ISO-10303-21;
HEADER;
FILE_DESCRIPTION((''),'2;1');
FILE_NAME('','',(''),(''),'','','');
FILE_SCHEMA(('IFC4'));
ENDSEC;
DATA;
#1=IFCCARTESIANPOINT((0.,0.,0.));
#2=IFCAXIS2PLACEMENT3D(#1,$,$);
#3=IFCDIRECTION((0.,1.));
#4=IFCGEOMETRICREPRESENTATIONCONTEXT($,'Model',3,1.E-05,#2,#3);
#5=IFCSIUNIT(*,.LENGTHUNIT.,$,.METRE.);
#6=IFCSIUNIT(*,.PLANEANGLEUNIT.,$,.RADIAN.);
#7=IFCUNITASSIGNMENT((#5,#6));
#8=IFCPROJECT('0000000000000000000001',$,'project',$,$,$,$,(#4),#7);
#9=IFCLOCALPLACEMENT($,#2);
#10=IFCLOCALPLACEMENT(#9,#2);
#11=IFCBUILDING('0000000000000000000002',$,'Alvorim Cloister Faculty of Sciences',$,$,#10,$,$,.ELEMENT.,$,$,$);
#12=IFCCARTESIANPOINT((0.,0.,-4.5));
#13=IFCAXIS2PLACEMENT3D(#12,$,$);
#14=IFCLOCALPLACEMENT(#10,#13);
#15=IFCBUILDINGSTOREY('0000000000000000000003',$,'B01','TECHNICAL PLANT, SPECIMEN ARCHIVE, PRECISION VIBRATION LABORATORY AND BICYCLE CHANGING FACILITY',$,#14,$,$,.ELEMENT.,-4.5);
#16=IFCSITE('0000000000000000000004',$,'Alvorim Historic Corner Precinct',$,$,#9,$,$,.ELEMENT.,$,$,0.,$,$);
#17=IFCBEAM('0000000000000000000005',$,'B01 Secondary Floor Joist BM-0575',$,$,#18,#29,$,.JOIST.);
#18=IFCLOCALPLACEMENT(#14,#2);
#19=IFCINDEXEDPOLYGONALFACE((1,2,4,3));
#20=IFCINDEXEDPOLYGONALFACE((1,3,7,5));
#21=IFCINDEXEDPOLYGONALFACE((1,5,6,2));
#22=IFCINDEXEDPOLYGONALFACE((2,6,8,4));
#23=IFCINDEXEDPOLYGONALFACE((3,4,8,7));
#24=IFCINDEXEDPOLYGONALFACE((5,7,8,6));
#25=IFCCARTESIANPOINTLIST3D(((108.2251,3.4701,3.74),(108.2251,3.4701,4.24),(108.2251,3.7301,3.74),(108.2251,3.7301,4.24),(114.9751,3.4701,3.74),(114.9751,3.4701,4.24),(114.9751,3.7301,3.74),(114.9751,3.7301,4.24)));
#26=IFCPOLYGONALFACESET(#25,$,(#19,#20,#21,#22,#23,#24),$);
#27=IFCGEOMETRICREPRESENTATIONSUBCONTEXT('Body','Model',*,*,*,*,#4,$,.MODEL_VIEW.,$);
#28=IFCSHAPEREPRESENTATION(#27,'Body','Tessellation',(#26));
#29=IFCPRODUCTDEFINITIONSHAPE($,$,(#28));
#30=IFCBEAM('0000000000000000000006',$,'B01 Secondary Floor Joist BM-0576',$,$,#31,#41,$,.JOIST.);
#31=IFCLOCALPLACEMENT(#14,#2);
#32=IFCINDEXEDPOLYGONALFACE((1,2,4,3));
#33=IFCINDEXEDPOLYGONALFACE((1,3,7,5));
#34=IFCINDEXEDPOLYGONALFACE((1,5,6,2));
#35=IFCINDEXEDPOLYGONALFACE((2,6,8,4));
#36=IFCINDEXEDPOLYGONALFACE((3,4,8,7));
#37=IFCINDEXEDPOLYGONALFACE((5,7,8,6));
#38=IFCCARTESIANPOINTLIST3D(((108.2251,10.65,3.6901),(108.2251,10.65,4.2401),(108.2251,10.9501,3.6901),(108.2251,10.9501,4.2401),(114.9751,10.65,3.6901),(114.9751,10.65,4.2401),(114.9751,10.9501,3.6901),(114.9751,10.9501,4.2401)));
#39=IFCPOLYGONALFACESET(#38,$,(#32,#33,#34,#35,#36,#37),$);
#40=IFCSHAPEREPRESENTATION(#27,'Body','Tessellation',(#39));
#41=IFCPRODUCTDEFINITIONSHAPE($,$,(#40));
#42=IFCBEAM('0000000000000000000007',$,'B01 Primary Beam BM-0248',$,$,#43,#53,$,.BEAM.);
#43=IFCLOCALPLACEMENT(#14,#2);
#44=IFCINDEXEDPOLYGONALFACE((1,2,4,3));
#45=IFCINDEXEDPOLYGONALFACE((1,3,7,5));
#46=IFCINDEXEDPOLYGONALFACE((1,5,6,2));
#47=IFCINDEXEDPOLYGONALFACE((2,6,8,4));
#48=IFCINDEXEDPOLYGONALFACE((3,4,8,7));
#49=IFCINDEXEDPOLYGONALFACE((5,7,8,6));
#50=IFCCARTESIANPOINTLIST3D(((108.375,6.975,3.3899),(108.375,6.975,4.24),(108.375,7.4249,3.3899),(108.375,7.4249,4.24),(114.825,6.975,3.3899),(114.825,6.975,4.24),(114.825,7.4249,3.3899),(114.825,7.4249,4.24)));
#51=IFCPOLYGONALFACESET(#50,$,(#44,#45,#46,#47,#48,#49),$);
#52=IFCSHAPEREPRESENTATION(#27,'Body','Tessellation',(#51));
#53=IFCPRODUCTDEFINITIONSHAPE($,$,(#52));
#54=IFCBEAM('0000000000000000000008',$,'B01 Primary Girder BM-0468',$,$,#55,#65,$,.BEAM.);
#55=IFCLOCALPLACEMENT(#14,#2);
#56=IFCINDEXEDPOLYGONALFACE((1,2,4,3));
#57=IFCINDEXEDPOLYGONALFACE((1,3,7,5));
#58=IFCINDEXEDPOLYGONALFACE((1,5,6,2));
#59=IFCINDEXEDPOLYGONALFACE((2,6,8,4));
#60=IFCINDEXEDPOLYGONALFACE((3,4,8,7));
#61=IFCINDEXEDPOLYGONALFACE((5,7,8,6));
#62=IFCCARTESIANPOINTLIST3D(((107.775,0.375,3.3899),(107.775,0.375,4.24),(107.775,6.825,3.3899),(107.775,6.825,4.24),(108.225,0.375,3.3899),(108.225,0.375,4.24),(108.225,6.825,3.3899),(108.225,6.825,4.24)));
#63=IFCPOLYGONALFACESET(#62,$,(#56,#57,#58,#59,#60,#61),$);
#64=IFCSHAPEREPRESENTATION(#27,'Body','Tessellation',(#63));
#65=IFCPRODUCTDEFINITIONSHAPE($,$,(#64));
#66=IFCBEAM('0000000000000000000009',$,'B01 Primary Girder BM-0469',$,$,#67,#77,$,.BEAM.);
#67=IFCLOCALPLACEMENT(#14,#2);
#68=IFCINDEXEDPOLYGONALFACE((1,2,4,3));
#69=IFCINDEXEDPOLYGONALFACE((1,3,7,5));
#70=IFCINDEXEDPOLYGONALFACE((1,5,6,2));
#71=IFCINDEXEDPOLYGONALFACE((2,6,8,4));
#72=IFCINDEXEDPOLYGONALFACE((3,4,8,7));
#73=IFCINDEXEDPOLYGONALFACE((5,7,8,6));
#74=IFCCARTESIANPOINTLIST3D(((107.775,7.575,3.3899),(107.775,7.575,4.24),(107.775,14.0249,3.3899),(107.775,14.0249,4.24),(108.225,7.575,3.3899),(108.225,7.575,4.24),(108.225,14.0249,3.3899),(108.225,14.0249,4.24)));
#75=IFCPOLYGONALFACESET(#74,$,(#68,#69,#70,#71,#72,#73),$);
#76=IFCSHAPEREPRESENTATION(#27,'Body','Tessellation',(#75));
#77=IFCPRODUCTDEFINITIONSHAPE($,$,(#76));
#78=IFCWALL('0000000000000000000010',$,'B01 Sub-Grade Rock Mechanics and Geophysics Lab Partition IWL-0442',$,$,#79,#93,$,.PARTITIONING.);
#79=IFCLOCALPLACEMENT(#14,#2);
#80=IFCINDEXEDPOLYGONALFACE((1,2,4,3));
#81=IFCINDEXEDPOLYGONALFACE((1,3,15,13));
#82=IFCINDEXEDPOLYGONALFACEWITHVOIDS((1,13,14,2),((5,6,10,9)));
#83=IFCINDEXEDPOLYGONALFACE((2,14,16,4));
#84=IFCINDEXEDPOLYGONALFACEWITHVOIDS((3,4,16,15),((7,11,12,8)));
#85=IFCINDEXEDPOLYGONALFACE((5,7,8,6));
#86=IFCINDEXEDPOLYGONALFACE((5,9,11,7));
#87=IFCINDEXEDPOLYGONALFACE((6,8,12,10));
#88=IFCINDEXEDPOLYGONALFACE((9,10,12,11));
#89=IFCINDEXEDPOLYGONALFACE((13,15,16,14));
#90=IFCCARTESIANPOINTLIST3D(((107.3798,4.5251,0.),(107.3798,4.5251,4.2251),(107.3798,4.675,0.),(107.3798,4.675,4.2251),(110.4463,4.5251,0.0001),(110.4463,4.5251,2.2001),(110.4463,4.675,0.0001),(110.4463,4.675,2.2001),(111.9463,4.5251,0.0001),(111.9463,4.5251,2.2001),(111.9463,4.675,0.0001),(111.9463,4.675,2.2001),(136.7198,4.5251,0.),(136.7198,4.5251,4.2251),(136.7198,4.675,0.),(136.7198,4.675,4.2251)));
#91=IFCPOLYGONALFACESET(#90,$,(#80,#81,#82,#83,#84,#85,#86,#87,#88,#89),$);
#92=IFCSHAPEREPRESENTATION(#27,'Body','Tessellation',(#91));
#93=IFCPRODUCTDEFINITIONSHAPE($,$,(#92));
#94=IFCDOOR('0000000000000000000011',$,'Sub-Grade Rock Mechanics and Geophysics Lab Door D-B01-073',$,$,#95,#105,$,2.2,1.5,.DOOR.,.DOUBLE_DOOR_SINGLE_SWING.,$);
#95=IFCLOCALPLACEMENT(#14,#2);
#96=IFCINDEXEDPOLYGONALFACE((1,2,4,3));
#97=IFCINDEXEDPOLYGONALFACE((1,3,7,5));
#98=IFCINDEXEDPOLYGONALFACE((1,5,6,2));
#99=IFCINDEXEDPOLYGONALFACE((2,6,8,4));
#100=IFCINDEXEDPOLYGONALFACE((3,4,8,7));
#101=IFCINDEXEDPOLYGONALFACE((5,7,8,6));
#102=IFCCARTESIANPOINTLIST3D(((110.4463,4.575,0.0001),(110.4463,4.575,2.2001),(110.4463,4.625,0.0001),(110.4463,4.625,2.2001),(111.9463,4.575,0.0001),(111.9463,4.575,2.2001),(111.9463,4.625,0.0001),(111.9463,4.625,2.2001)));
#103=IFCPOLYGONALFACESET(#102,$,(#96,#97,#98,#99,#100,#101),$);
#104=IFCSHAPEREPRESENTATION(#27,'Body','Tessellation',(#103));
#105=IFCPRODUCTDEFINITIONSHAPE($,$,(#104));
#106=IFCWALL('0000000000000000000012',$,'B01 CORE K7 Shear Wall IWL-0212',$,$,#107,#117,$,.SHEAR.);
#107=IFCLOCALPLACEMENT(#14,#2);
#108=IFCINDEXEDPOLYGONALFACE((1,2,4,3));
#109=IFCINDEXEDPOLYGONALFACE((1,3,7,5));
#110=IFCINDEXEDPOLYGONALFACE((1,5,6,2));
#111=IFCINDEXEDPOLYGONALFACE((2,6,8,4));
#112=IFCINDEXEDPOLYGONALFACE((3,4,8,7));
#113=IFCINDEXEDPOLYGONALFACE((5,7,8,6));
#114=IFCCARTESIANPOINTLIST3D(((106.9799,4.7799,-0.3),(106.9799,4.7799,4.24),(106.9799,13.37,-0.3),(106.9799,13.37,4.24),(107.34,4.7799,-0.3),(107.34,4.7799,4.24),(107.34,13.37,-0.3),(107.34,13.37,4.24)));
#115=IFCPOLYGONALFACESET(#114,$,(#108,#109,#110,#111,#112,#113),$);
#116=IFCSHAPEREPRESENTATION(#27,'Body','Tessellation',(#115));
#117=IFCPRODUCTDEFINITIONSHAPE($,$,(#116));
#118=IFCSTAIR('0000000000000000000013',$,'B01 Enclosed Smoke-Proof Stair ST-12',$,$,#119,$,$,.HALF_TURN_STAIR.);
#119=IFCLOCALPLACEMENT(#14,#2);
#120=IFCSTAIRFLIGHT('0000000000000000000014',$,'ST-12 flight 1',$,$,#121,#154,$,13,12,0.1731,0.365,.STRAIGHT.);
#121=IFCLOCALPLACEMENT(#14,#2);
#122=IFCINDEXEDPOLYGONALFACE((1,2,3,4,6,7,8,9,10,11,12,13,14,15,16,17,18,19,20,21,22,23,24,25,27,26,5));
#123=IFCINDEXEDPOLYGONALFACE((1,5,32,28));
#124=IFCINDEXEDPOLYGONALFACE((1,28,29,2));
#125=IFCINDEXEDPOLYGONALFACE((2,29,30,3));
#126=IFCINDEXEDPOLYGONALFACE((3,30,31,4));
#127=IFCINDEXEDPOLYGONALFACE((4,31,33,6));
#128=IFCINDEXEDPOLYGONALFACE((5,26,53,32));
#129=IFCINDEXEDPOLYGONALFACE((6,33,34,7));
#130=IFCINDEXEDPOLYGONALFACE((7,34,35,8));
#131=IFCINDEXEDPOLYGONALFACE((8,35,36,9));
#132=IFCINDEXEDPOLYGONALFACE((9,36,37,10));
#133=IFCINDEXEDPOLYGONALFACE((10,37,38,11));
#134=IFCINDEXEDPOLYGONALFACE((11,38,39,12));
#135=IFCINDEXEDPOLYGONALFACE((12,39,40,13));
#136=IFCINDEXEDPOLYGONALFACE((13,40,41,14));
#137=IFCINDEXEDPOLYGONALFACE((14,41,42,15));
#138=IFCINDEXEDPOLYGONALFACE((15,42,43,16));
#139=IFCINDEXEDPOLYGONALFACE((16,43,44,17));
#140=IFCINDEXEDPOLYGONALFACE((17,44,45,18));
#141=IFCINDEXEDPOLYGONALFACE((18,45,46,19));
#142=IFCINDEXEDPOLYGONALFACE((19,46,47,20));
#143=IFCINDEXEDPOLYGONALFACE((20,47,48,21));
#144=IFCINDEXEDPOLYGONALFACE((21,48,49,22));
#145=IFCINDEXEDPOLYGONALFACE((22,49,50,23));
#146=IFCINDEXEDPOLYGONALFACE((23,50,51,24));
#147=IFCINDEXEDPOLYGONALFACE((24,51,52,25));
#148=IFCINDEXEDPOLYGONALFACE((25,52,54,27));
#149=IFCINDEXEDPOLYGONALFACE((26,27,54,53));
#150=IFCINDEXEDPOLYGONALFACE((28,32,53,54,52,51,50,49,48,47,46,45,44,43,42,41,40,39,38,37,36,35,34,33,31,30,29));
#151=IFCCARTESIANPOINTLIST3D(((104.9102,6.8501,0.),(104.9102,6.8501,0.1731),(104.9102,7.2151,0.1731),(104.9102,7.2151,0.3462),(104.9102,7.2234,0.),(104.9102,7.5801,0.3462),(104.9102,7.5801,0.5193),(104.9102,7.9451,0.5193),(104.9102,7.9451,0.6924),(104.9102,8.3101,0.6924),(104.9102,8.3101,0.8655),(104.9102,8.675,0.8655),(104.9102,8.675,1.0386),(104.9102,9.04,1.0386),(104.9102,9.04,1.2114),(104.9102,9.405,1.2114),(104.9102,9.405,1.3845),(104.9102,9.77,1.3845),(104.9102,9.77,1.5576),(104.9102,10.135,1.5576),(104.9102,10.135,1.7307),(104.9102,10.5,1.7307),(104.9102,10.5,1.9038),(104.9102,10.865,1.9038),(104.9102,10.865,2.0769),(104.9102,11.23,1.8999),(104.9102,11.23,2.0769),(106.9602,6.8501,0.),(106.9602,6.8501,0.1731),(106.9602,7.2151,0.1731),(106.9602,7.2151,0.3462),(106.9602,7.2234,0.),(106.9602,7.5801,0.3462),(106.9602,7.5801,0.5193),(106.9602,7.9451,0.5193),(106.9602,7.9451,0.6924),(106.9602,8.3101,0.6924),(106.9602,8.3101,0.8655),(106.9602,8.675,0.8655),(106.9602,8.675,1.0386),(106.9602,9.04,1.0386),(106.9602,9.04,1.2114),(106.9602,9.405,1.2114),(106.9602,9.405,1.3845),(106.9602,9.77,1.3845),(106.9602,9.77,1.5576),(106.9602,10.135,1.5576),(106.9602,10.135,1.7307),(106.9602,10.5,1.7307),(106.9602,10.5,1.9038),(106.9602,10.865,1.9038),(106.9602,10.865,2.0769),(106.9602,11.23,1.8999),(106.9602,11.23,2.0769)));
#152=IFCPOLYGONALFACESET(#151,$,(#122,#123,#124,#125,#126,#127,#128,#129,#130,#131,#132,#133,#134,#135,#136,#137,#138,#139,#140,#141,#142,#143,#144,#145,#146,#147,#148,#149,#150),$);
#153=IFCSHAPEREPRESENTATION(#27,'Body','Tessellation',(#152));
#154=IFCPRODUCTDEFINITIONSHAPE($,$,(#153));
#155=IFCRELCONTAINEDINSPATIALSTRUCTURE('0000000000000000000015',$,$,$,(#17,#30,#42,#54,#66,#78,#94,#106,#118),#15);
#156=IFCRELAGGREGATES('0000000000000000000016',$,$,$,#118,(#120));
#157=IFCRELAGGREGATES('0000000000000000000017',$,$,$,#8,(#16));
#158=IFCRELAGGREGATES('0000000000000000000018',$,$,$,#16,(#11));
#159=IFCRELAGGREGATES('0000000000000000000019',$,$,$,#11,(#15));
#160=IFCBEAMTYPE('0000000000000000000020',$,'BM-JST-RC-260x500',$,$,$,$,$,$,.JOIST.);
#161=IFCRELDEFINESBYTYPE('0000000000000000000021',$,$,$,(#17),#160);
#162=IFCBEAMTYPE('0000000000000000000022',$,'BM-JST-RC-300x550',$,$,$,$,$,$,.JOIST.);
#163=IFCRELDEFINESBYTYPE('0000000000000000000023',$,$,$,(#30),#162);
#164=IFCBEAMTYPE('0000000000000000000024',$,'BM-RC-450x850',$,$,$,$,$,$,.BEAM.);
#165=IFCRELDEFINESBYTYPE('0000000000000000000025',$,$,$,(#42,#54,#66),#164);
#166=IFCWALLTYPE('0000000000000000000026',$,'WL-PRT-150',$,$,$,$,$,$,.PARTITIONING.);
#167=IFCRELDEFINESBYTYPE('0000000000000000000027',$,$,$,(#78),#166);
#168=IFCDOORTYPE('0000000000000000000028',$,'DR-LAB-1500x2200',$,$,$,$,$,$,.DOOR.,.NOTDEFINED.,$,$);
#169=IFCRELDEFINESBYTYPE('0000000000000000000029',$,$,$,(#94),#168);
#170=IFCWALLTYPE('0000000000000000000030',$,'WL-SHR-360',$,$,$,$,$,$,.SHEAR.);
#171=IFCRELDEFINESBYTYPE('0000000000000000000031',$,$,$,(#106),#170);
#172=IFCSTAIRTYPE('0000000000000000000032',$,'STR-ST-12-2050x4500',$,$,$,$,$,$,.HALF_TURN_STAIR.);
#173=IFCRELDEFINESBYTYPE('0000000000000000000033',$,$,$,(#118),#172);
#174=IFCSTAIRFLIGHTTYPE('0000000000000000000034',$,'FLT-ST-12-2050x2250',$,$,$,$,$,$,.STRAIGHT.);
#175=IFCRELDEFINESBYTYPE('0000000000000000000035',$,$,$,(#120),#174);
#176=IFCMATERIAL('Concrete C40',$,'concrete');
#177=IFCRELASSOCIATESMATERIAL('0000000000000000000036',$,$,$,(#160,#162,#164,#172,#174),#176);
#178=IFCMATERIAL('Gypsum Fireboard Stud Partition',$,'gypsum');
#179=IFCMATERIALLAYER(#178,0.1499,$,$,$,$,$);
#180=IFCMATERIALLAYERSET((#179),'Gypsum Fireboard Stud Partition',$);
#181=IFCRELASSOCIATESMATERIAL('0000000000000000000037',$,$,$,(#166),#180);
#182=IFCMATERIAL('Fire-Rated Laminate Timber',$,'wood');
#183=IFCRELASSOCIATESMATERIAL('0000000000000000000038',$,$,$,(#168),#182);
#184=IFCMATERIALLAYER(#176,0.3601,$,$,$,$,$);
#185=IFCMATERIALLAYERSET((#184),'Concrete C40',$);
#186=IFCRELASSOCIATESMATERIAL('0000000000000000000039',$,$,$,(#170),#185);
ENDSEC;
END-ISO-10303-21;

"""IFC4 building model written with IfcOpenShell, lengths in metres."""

from ifc_helpers import new_model, si_unit, direction, frame, frame_2d, origin, origin_2d, place, context, subcontext, project, spatial, polyline, rectangle, outline, extrude, material, layer, layer_set, material_profile, profile_set, type_object, element, fill, aggregate, save


model = new_model("IFC4")

# Units and contexts
model_context = context("Model", 3, precision=1e-05, world=origin(), true_north=direction((0.0, 1.0)))
body_context = subcontext(model_context, "Body", "Model", "MODEL_VIEW")
ifc_project = project(units=[si_unit("LENGTHUNIT", "METRE"), si_unit("PLANEANGLEUNIT", "RADIAN")], contexts=[model_context])

# Site, building, storey
site_placement = place(None, origin())
site = spatial("IfcSite", under=ifc_project, at=site_placement, Name="Alvorim Historic Corner Precinct", CompositionType="ELEMENT", RefElevation=0.0)
building_placement = place(site_placement, origin())
building = spatial("IfcBuilding", under=site, at=building_placement, Name="Alvorim Cloister Faculty of Sciences", CompositionType="ELEMENT")
storey_placement = place(building_placement, frame((0.0, 0.0, -4.5)))
storey = spatial("IfcBuildingStorey", under=building, at=storey_placement, Name="B01", Description="TECHNICAL PLANT, SPECIMEN ARCHIVE, PRECISION VIBRATION LABORATORY AND BICYCLE CHANGING FACILITY", CompositionType="ELEMENT", Elevation=-4.5)

# Shared definitions
ifc_material_1 = material(Name="Concrete C40", Category="concrete")

# Beams
ifc_material_profile_1 = material_profile(ifc_material_1, rectangle(XDim=0.26, YDim=0.5, at=origin_2d()), Name="RC40-JST-260x500")
ifc_profile_set_1 = profile_set([ifc_material_profile_1], Name="Concrete C40")
beam_type_1 = type_object("IfcBeamType", Name="BM-JST-RC-260x500", PredefinedType="JOIST", material=ifc_profile_set_1)
beam_1_placement = place(storey_placement, frame((108.2251, 3.6001, 3.99), z_axis=(1.0, 0.0, 0.0), x_axis=(0.0, 1.0, 0.0)))
element("IfcBeam", 1, at=beam_1_placement, inside=storey, type_object=beam_type_1, Name="B01 Secondary Floor Joist BM-0575", PredefinedType="JOIST", context=body_context, shape_type="SweptSolid", body=[
    extrude(rectangle(XDim=0.26, YDim=0.5, at=origin_2d()), origin(), (0.0, 0.0, 1.0), 6.75),
])
ifc_material_profile_2 = material_profile(ifc_material_1, rectangle(XDim=0.3, YDim=0.55, at=origin_2d()), Name="RC40-JST-300x550")
ifc_profile_set_2 = profile_set([ifc_material_profile_2], Name="Concrete C40")
beam_type_2 = type_object("IfcBeamType", Name="BM-JST-RC-300x550", PredefinedType="JOIST", material=ifc_profile_set_2)
beam_2_placement = place(storey_placement, frame((108.2251, 10.8, 3.9651), z_axis=(1.0, 0.0, 0.0), x_axis=(0.0, 1.0, 0.0)))
element("IfcBeam", 2, at=beam_2_placement, inside=storey, type_object=beam_type_2, Name="B01 Secondary Floor Joist BM-0576", PredefinedType="JOIST", context=body_context, shape_type="SweptSolid", body=[
    extrude(rectangle(XDim=0.3, YDim=0.55, at=origin_2d()), origin(), (0.0, 0.0, 1.0), 6.75),
])
ifc_material_profile_3 = material_profile(ifc_material_1, rectangle(XDim=0.45, YDim=0.8501, at=origin_2d()), Name="RC40-BM-450x850")
ifc_profile_set_3 = profile_set([ifc_material_profile_3], Name="Concrete C40")
beam_type_3 = type_object("IfcBeamType", Name="BM-RC-450x850", PredefinedType="BEAM", material=ifc_profile_set_3)
for number, where, z_axis, x_axis, name in (
    (3, (108.375, 7.2, 3.8149), (1.0, 0.0, 0.0), (0.0, 1.0, 0.0), "B01 Primary Beam BM-0248"),
    (4, (108.0, 0.375, 3.8149), (0.0, 1.0, 0.0), (-1.0, 0.0, 0.0), "B01 Primary Girder BM-0468"),
    (5, (108.0, 7.575, 3.8149), (0.0, 1.0, 0.0), (-1.0, 0.0, 0.0), "B01 Primary Girder BM-0469"),
):
    element("IfcBeam", number, at=place(storey_placement, frame(where, z_axis=z_axis, x_axis=x_axis)), inside=storey, type_object=beam_type_3, Name=name, PredefinedType="BEAM", context=body_context, shape_type="SweptSolid", body=[
        extrude(rectangle(XDim=0.45, YDim=0.8501, at=origin_2d()), origin(), (0.0, 0.0, 1.0), 6.45),
    ])

# Wall, opening, door
ifc_material_2 = material(Name="Gypsum Fireboard Stud Partition", Category="gypsum")
ifc_layer_1 = layer(ifc_material_2, 0.1499)
ifc_layer_set_1 = layer_set([ifc_layer_1], Name="Gypsum Fireboard Stud Partition")
wall_type_1 = type_object("IfcWallType", Name="WL-PRT-150", PredefinedType="PARTITIONING", material=ifc_layer_set_1)
wall_1_placement = place(storey_placement, frame((107.3799, 4.6001, 0.0), z_axis=(0.0, 0.0, 1.0), x_axis=(1.0, 0.0, 0.0)))
wall_1 = element("IfcWall", 6, at=wall_1_placement, inside=storey, type_object=wall_type_1, Name="B01 Sub-Grade Rock Mechanics and Geophysics Lab Partition IWL-0442", PredefinedType="PARTITIONING", context=body_context, shape_type="SweptSolid", body=[
    extrude(rectangle(XDim=29.3401, YDim=0.1499, at=frame_2d((14.6699, 0.0))), origin(), (0.0, 0.0, 1.0), 4.2251),
])
opening_placement = place(wall_1_placement, frame((3.0664, 0.0, 0.0)))
opening = element("IfcOpeningElement", 7, at=opening_placement, cuts=wall_1, PredefinedType="OPENING", context=body_context, shape_type="SweptSolid", body=[
    extrude(rectangle(XDim=1.5, YDim=2.2, at=frame_2d((0.75, 1.1001))), frame((0.0, 0.0869, 0.0), z_axis=(0.0, -1.0, 0.0), x_axis=(1.0, 0.0, 0.0)), (0.0, 0.0, 1.0), 0.1738),
])
ifc_material_3 = material(Name="Fire-Rated Laminate Timber", Category="wood")
door_type = type_object("IfcDoorType", Name="DR-LAB-1500x2200", OperationType="NOTDEFINED", PredefinedType="DOOR", material=ifc_material_3)
door_placement = place(opening_placement, origin())
door = element("IfcDoor", 8, at=door_placement, inside=storey, type_object=door_type, Name="Sub-Grade Rock Mechanics and Geophysics Lab Door D-B01-073", OperationType="DOUBLE_DOOR_SINGLE_SWING", OverallHeight=2.2, OverallWidth=1.5, PredefinedType="DOOR", context=body_context, shape_type="SweptSolid", body=[
    extrude(rectangle(XDim=1.5, YDim=2.2, at=frame_2d((0.75, 1.1001))), frame((0.0, 0.0249, 0.0), z_axis=(0.0, -1.0, 0.0), x_axis=(1.0, 0.0, 0.0)), (0.0, 0.0, 1.0), 0.05),
])
fill(opening, door)

# Wall
ifc_layer_2 = layer(ifc_material_1, 0.3601)
ifc_layer_set_2 = layer_set([ifc_layer_2], Name="Concrete C40")
wall_type_2 = type_object("IfcWallType", Name="WL-SHR-360", PredefinedType="SHEAR", material=ifc_layer_set_2)
wall_2_placement = place(storey_placement, frame((107.1599, 4.78, -0.3), z_axis=(0.0, 0.0, 1.0), x_axis=(0.0, 1.0, 0.0)))
element("IfcWall", 9, at=wall_2_placement, inside=storey, type_object=wall_type_2, Name="B01 CORE K7 Shear Wall IWL-0212", PredefinedType="SHEAR", context=body_context, shape_type="SweptSolid", body=[
    extrude(rectangle(XDim=8.5901, YDim=0.3601, at=frame_2d((4.2949, 0.0))), origin(), (0.0, 0.0, 1.0), 4.54),
])

# Stair, stair flight
stair_type = type_object("IfcStairType", Name="STR-ST-12-2050x4500", PredefinedType="HALF_TURN_STAIR", material=ifc_material_1)
stair_placement = place(storey_placement, origin())
stair = element("IfcStair", 10, at=stair_placement, inside=storey, type_object=stair_type, Name="B01 Enclosed Smoke-Proof Stair ST-12", PredefinedType="HALF_TURN_STAIR")
stair_flight_type = type_object("IfcStairFlightType", Name="FLT-ST-12-2050x2250", PredefinedType="STRAIGHT", material=ifc_material_1)
stair_flight_placement = place(storey_placement, frame((105.9351, 6.8501, 0.0), z_axis=(0.0, 0.0, 1.0), x_axis=(0.0, 1.0, 0.0)))
stair_flight = element("IfcStairFlight", 11, at=stair_flight_placement, type_object=stair_flight_type, Name="ST-12 flight 1", NumberOfRisers=13, NumberOfTreads=12, PredefinedType="STRAIGHT", RiserHeight=0.1731, TreadLength=0.365, context=body_context, shape_type="SweptSolid", body=[
    extrude(outline(polyline([(0.3733, 0.0), (4.3799, 1.8999), (4.3799, 2.25), (4.3799, 2.0769), (4.0149, 2.0769), (4.0149, 1.9038), (3.6499, 1.9038), (3.6499, 1.7307), (3.2849, 1.7307), (3.2849, 1.5576), (2.9199, 1.5576), (2.9199, 1.3845), (2.5549, 1.3845), (2.5549, 1.2114), (2.1899, 1.2114), (2.1899, 1.0386), (1.825, 1.0386), (1.825, 0.8655), (1.46, 0.8655), (1.46, 0.6924), (1.095, 0.6924), (1.095, 0.5193), (0.73, 0.5193), (0.73, 0.3462), (0.365, 0.3462), (0.365, 0.1731), (0.0, 0.1731), (0.0, 0.0), (0.3733, 0.0)])), frame((0.0, 1.0249, 0.0), z_axis=(0.0, -1.0, 0.0), x_axis=(1.0, 0.0, 0.0)), (0.0, 0.0, 1.0), 2.05),
])
aggregate(stair, [stair_flight])

save(model, "model.ifc")
